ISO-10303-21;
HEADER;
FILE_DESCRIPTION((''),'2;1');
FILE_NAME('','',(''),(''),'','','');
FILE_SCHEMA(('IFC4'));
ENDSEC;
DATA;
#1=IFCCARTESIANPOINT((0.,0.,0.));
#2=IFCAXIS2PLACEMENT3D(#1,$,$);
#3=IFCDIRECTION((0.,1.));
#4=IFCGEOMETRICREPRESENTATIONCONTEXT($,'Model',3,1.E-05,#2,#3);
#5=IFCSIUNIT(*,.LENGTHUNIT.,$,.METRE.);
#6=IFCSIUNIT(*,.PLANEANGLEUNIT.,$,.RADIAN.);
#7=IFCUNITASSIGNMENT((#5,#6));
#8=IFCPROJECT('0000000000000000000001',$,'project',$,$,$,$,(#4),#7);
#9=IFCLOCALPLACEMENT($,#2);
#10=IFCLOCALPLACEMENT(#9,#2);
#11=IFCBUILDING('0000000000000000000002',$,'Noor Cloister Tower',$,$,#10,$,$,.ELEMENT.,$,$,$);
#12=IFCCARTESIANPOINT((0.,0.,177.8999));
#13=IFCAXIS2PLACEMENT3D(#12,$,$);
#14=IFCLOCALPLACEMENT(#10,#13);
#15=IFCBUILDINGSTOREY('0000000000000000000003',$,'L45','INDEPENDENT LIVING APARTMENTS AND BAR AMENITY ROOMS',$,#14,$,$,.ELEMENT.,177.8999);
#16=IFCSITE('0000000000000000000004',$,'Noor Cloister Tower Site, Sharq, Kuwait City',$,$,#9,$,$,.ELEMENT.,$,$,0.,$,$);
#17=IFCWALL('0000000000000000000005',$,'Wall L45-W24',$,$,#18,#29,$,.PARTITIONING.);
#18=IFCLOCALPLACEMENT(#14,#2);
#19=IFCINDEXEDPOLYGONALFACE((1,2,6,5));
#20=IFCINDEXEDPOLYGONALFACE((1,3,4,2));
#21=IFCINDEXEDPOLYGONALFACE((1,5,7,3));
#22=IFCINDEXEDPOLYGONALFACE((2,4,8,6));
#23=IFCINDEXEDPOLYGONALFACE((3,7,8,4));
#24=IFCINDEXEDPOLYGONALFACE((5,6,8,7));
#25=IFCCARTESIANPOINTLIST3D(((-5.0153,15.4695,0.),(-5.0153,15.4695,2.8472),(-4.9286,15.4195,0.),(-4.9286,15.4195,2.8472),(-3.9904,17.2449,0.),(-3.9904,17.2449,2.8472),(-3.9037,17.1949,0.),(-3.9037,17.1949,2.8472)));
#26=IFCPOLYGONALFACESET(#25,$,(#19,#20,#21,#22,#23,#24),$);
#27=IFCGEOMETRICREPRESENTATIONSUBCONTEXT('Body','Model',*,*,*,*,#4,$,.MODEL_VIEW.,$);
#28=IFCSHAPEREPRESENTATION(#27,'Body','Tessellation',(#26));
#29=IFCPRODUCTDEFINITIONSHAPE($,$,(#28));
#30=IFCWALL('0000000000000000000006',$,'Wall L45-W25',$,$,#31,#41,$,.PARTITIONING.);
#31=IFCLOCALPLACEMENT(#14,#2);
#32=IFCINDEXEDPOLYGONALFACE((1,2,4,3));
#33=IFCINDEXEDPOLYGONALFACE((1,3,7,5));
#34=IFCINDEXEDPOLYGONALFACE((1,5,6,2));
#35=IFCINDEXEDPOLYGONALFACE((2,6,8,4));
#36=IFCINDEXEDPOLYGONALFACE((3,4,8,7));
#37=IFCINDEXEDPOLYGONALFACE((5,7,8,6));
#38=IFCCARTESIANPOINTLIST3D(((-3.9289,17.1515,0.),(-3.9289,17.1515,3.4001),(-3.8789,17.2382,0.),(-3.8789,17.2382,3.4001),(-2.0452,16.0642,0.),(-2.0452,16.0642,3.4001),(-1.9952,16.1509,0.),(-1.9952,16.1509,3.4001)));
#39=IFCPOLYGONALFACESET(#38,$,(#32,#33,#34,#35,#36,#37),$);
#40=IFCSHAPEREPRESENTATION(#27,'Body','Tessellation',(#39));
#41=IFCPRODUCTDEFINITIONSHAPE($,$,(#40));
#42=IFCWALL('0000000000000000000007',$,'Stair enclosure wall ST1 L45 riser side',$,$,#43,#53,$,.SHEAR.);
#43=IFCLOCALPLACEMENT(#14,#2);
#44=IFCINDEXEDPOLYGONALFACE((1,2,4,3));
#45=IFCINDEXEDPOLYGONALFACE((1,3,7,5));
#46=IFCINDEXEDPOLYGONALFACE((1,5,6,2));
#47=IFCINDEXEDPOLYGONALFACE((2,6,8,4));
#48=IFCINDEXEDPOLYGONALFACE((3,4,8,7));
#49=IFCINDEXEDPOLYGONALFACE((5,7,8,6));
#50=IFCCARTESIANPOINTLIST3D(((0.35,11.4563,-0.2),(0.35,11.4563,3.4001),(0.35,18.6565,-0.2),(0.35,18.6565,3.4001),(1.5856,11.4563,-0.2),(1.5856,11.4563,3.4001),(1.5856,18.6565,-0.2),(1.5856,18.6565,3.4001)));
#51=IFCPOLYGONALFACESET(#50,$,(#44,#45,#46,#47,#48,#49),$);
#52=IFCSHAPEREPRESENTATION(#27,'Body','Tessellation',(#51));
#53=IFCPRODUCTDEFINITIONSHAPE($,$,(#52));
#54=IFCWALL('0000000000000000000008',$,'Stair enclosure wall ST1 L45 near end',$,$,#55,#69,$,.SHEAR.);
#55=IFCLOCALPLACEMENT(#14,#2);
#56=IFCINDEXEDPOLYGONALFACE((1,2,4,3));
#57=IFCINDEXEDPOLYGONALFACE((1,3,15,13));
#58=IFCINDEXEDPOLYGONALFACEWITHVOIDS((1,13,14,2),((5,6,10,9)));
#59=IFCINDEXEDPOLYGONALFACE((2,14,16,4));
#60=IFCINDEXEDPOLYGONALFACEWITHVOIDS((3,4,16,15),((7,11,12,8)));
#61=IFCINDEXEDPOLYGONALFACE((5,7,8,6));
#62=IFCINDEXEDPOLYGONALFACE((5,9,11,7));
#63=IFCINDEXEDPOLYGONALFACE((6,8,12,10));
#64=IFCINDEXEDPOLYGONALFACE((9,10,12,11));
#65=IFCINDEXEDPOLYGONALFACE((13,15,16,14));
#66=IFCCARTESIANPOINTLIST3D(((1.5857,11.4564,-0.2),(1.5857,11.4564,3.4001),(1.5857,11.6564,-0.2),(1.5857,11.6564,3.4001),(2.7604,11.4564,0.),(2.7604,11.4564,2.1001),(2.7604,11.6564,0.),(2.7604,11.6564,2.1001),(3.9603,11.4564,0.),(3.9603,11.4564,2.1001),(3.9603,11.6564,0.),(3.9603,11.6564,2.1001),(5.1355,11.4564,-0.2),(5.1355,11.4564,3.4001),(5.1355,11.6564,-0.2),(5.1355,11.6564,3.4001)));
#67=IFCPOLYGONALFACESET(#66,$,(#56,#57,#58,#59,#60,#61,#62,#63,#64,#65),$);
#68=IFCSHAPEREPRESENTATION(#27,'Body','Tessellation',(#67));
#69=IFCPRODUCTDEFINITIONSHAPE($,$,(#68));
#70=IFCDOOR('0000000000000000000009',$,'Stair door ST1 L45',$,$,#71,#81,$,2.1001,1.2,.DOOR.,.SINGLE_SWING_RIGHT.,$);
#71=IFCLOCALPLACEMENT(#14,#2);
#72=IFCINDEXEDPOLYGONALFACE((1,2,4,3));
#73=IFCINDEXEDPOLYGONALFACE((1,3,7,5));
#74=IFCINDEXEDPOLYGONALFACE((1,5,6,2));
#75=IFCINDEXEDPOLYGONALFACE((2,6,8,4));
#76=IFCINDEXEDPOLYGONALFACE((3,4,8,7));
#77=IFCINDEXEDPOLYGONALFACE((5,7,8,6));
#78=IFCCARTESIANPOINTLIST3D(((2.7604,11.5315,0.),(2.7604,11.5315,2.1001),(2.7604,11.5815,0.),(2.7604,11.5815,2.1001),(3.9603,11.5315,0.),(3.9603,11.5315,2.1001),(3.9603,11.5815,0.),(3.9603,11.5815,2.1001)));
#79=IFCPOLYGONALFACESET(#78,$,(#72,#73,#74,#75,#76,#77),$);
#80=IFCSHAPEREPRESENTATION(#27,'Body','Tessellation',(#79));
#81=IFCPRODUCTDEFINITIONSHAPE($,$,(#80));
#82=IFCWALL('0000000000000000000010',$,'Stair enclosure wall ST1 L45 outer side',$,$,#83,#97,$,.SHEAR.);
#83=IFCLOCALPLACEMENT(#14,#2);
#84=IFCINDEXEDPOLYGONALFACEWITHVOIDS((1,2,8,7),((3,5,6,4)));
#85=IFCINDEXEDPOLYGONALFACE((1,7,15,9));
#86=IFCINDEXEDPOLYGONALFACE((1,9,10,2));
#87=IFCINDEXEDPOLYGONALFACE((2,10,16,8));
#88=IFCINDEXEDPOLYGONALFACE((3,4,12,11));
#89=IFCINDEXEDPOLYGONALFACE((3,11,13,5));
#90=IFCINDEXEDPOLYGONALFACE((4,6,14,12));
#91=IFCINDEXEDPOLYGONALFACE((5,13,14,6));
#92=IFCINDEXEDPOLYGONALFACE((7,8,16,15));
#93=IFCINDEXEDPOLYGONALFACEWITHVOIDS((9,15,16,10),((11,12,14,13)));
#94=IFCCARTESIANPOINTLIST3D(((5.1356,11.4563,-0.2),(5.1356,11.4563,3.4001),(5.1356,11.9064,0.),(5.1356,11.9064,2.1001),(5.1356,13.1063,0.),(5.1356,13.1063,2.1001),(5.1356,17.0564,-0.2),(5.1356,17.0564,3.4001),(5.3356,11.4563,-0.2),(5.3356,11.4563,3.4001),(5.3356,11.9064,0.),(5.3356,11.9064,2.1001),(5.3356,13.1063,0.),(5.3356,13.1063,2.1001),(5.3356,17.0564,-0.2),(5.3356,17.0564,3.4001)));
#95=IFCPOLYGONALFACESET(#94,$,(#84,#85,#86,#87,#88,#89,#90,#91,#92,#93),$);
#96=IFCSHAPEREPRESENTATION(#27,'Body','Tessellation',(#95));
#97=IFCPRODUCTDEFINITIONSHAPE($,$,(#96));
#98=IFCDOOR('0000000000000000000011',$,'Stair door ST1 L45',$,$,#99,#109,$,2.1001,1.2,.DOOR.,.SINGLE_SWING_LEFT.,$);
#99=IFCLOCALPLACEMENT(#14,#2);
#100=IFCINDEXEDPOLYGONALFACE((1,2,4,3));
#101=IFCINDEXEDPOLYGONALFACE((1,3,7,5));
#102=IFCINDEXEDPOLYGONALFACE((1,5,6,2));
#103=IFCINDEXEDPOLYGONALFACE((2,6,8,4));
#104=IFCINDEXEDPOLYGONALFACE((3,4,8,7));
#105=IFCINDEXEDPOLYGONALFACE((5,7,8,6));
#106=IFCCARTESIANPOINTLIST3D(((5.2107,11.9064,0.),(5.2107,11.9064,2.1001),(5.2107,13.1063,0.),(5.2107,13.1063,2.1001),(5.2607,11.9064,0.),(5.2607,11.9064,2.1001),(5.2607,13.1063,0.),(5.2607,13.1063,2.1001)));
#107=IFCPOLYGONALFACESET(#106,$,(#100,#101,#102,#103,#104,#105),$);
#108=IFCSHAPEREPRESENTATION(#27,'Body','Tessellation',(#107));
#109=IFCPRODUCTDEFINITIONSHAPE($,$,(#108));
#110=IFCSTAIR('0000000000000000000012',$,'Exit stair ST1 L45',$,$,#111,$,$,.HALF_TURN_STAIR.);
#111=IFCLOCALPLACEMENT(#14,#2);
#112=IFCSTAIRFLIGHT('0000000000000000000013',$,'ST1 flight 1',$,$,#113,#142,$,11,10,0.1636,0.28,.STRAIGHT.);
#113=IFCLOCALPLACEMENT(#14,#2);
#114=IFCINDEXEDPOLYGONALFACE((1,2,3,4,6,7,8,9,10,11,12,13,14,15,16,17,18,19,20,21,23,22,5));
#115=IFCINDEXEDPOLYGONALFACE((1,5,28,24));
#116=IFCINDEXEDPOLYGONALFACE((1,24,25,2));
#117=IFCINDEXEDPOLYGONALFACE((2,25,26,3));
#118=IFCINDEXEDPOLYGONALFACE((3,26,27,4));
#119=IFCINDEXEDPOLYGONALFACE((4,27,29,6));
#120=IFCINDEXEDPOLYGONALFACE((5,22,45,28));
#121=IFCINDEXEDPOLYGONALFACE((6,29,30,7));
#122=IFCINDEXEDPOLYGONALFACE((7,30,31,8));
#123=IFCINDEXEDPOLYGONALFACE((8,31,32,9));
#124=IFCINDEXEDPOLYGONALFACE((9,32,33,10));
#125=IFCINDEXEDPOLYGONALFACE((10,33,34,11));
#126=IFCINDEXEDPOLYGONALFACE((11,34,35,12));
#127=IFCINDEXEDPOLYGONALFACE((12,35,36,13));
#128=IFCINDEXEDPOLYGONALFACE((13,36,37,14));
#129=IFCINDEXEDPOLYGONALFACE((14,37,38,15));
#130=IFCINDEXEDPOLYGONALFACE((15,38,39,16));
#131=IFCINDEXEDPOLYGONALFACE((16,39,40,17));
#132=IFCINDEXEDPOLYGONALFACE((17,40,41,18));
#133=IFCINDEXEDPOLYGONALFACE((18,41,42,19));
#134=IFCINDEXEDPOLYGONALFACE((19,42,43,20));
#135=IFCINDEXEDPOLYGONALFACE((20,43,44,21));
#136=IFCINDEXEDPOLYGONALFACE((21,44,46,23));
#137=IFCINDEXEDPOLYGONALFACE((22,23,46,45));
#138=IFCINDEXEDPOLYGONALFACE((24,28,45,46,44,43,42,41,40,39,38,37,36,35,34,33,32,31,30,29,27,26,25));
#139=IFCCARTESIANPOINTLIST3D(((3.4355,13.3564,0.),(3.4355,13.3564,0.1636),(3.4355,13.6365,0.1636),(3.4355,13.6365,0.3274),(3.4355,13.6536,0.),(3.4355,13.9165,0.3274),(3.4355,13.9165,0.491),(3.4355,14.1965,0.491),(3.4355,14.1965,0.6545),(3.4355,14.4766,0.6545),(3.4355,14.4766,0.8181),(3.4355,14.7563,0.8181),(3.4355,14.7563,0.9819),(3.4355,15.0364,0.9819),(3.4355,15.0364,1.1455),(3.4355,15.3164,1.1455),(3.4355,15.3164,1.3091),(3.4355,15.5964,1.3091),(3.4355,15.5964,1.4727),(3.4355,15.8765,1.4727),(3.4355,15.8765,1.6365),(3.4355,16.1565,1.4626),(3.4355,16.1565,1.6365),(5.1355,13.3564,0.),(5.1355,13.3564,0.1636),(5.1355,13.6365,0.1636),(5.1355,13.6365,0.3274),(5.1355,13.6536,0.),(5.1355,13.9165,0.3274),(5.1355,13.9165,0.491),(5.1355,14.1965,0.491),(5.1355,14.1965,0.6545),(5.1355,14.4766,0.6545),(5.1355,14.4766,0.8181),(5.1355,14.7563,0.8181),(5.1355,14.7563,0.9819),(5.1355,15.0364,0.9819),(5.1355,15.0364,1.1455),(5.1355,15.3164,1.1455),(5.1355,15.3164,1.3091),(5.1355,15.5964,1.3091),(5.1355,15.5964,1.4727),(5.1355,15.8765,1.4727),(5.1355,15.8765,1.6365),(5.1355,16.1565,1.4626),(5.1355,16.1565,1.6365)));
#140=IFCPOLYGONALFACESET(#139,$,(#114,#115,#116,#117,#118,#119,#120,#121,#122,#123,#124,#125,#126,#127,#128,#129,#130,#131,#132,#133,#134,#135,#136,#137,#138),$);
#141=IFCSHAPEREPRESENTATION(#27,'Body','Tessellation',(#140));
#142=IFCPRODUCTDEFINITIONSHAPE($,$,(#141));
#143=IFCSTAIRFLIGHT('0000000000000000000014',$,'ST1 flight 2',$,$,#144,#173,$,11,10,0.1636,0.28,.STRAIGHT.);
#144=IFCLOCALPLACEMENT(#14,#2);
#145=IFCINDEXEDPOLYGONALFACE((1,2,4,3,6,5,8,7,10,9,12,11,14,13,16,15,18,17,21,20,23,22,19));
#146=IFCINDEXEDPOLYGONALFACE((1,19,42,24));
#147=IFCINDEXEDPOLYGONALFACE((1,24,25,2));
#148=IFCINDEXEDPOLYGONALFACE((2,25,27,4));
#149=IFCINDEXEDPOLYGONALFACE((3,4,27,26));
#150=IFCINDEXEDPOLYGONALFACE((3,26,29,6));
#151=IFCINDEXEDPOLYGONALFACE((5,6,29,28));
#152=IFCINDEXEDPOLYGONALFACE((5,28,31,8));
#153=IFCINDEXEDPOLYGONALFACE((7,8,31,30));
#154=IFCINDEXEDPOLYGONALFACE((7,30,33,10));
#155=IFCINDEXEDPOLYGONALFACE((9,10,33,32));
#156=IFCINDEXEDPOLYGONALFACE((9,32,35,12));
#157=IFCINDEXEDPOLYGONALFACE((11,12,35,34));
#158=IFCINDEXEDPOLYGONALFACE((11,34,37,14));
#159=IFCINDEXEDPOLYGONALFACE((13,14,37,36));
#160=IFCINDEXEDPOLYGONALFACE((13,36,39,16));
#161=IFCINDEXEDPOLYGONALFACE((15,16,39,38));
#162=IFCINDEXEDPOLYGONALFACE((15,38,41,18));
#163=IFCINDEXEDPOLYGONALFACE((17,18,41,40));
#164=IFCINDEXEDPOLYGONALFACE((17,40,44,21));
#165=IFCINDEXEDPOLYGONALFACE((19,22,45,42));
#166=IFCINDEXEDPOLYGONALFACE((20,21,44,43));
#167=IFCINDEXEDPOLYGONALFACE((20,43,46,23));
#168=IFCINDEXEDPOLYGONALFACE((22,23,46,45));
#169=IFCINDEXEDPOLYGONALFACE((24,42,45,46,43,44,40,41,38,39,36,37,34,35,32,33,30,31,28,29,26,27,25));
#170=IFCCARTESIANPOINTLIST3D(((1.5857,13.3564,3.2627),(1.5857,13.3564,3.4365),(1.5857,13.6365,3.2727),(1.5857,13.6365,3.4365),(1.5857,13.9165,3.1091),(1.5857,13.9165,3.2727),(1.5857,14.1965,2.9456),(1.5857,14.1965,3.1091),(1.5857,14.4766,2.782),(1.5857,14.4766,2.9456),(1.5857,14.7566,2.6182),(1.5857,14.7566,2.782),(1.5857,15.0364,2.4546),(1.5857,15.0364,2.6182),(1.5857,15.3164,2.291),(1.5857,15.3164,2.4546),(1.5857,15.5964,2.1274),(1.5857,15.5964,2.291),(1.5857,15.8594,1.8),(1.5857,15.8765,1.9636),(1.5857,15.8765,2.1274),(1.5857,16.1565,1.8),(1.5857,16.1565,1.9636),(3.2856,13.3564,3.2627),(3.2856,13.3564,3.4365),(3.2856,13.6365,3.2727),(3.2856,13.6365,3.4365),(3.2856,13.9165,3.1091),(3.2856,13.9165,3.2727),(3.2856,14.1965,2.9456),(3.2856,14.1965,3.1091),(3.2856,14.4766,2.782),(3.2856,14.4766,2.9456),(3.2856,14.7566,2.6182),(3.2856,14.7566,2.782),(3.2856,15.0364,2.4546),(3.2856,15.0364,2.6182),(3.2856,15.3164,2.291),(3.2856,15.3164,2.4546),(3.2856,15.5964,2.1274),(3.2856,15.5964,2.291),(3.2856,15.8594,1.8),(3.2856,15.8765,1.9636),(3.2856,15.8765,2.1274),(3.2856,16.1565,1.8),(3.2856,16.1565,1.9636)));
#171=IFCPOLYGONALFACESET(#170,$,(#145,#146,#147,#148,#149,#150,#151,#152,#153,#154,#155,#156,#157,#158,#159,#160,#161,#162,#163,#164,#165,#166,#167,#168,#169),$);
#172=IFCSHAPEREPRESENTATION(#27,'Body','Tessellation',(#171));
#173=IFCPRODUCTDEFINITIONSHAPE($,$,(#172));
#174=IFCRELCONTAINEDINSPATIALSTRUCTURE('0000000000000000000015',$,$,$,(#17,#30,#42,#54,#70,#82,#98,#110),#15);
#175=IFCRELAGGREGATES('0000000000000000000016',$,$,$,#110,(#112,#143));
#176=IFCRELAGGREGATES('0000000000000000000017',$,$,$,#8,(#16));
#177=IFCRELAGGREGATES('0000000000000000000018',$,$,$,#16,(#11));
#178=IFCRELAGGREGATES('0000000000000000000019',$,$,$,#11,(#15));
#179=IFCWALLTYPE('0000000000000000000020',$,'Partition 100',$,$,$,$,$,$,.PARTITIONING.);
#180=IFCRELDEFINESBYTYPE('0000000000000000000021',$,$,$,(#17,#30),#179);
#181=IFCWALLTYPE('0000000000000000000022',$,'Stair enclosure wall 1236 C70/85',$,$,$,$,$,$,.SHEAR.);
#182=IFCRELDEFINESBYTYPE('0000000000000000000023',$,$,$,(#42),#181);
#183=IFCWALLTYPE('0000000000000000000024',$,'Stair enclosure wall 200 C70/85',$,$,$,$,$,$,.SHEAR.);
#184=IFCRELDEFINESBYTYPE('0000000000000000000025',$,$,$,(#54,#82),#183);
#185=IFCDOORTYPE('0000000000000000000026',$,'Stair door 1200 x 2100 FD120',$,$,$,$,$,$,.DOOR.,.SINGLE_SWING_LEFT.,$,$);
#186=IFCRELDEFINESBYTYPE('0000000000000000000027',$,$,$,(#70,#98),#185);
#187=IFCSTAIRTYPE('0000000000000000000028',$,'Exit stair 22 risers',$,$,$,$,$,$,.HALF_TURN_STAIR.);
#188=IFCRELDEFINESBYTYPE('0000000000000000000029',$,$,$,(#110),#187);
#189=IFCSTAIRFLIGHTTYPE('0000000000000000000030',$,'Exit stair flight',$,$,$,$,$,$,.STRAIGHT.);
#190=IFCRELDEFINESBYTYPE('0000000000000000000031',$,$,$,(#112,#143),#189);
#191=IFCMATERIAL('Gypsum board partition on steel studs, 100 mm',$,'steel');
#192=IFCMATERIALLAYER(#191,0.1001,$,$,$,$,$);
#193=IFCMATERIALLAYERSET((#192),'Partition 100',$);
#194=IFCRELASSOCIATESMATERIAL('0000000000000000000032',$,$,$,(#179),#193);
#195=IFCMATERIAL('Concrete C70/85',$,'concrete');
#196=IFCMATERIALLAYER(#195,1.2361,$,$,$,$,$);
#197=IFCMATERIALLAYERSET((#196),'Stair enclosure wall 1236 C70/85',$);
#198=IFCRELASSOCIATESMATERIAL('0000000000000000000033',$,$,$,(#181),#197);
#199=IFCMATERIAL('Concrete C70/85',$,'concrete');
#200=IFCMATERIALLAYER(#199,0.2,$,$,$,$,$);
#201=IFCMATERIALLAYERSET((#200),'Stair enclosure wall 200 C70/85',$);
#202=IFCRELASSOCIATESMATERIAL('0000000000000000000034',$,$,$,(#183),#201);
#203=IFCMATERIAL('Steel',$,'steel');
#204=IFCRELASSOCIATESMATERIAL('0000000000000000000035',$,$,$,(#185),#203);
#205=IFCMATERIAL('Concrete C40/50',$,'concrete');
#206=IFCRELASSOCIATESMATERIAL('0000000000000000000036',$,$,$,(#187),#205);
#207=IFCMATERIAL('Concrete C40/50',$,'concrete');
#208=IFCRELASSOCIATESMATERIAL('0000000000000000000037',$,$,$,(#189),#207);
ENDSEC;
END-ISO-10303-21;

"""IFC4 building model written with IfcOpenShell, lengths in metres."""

from ifc_helpers import new_model, si_unit, direction, frame, frame_2d, origin, place, context, subcontext, project, spatial, polyline, rectangle, outline, extrude, material, layer, layer_set, type_object, element, fill, aggregate, save


model = new_model("IFC4")

# Units and contexts
model_context = context("Model", 3, precision=1e-05, world=origin(), true_north=direction((0.0, 1.0)))
body_context = subcontext(model_context, "Body", "Model", "MODEL_VIEW")
ifc_project = project(units=[si_unit("LENGTHUNIT", "METRE"), si_unit("PLANEANGLEUNIT", "RADIAN")], contexts=[model_context])

# Site, building, storey
site_placement = place(None, origin())
site = spatial("IfcSite", under=ifc_project, at=site_placement, Name="Noor Cloister Tower Site, Sharq, Kuwait City", CompositionType="ELEMENT", RefElevation=0.0)
building_placement = place(site_placement, origin())
building = spatial("IfcBuilding", under=site, at=building_placement, Name="Noor Cloister Tower", CompositionType="ELEMENT")
storey_placement = place(building_placement, frame((0.0, 0.0, 177.8999)))
storey = spatial("IfcBuildingStorey", under=building, at=storey_placement, Name="L45", Description="INDEPENDENT LIVING APARTMENTS AND BAR AMENITY ROOMS", CompositionType="ELEMENT", Elevation=177.8999)

# Walls
ifc_material_1 = material(Name="Gypsum board partition on steel studs, 100 mm", Category="steel")
ifc_layer_1 = layer(ifc_material_1, 0.1001)
ifc_layer_set_1 = layer_set([ifc_layer_1], Name="Partition 100")
wall_type_1 = type_object("IfcWallType", Name="Partition 100", PredefinedType="PARTITIONING", material=ifc_layer_set_1)
wall_1_placement = place(storey_placement, frame((-4.9719, 15.4446, 0.0), z_axis=(0.0, 0.0, 1.0), x_axis=(0.499956, 0.866051, 0.0)))
element("IfcWall", 1, at=wall_1_placement, inside=storey, type_object=wall_type_1, Name="Wall L45-W24", PredefinedType="PARTITIONING", context=body_context, shape_type="SweptSolid", body=[
    extrude(rectangle(XDim=2.05, YDim=0.1001, at=frame_2d((1.0249, 0.0))), origin(), (0.0, 0.0, 1.0), 2.8472),
])
wall_2_placement = place(storey_placement, frame((-3.9038, 17.1948, 0.0), z_axis=(0.0, 0.0, 1.0), x_axis=(0.866066, -0.49993, 0.0)))
element("IfcWall", 2, at=wall_2_placement, inside=storey, type_object=wall_type_1, Name="Wall L45-W25", PredefinedType="PARTITIONING", context=body_context, shape_type="SweptSolid", body=[
    extrude(rectangle(XDim=2.175, YDim=0.1001, at=frame_2d((1.0874, 0.0))), origin(), (0.0, 0.0, 1.0), 3.4001),
])
ifc_material_2 = material(Name="Concrete C70/85", Category="concrete")
ifc_layer_2 = layer(ifc_material_2, 1.2361)
ifc_layer_set_2 = layer_set([ifc_layer_2], Name="Stair enclosure wall 1236 C70/85")
wall_type_2 = type_object("IfcWallType", Name="Stair enclosure wall 1236 C70/85", PredefinedType="SHEAR", material=ifc_layer_set_2)
wall_3_placement = place(storey_placement, frame((0.9678, 11.4563, -0.2), z_axis=(0.0, 0.0, 1.0), x_axis=(0.0, 1.0, 0.0)))
element("IfcWall", 3, at=wall_3_placement, inside=storey, type_object=wall_type_2, Name="Stair enclosure wall ST1 L45 riser side", PredefinedType="SHEAR", context=body_context, shape_type="SweptSolid", body=[
    extrude(rectangle(XDim=7.2002, YDim=1.2356, at=frame_2d((3.6001, 0.0))), origin(), (0.0, 0.0, 1.0), 3.6001),
])

# Walls, openings, doors
ifc_material_3 = material(Name="Concrete C70/85", Category="concrete")
ifc_layer_3 = layer(ifc_material_3, 0.2)
ifc_layer_set_3 = layer_set([ifc_layer_3], Name="Stair enclosure wall 200 C70/85")
wall_type_3 = type_object("IfcWallType", Name="Stair enclosure wall 200 C70/85", PredefinedType="SHEAR", material=ifc_layer_set_3)
wall_4_placement = place(storey_placement, frame((5.1355, 11.5564, -0.2), z_axis=(0.0, 0.0, 1.0), x_axis=(-1.0, 0.0, 0.0)))
wall_4 = element("IfcWall", 4, at=wall_4_placement, inside=storey, type_object=wall_type_3, Name="Stair enclosure wall ST1 L45 near end", PredefinedType="SHEAR", context=body_context, shape_type="SweptSolid", body=[
    extrude(rectangle(XDim=3.5498, YDim=0.2, at=frame_2d((1.7749, 0.0))), origin(), (0.0, 0.0, 1.0), 3.6001),
])
opening_1_placement = place(wall_4_placement, frame((1.175, 0.0, 0.2)))
opening_1 = element("IfcOpeningElement", 5, at=opening_1_placement, cuts=wall_4, PredefinedType="OPENING", context=body_context, shape_type="SweptSolid", body=[
    extrude(rectangle(XDim=1.2, YDim=2.1001, at=frame_2d((0.6001, 1.05))), frame((0.0, 0.1099, 0.0), z_axis=(0.0, -1.0, 0.0), x_axis=(1.0, 0.0, 0.0)), (0.0, 0.0, 1.0), 0.22),
])
ifc_material_4 = material(Name="Steel", Category="steel")
door_type_1 = type_object("IfcDoorType", Name="Stair door 1200 x 2100 FD120", OperationType="SINGLE_SWING_LEFT", PredefinedType="DOOR", material=ifc_material_4)
door_1_placement = place(opening_1_placement, origin())
door_1 = element("IfcDoor", 6, at=door_1_placement, inside=storey, type_object=door_type_1, Name="Stair door ST1 L45", OperationType="SINGLE_SWING_RIGHT", OverallHeight=2.1001, OverallWidth=1.2, PredefinedType="DOOR", context=body_context, shape_type="SweptSolid", body=[
    extrude(rectangle(XDim=1.2, YDim=2.1001, at=frame_2d((0.6001, 1.05))), frame((0.0, 0.0249, 0.0), z_axis=(0.0, -1.0, 0.0), x_axis=(1.0, 0.0, 0.0)), (0.0, 0.0, 1.0), 0.05),
])
fill(opening_1, door_1)
wall_5_placement = place(storey_placement, frame((5.2356, 11.4563, -0.2), z_axis=(0.0, 0.0, 1.0), x_axis=(0.0, 1.0, 0.0)))
wall_5 = element("IfcWall", 7, at=wall_5_placement, inside=storey, type_object=wall_type_3, Name="Stair enclosure wall ST1 L45 outer side", PredefinedType="SHEAR", context=body_context, shape_type="SweptSolid", body=[
    extrude(rectangle(XDim=5.6001, YDim=0.2, at=frame_2d((2.8, 0.0))), origin(), (0.0, 0.0, 1.0), 3.6001),
])
opening_2_placement = place(wall_5_placement, frame((0.45, 0.0, 0.2)))
opening_2 = element("IfcOpeningElement", 8, at=opening_2_placement, cuts=wall_5, PredefinedType="OPENING", context=body_context, shape_type="SweptSolid", body=[
    extrude(rectangle(XDim=1.2, YDim=2.1001, at=frame_2d((0.6001, 1.05))), frame((0.0, 0.1099, 0.0), z_axis=(0.0, -1.0, 0.0), x_axis=(1.0, 0.0, 0.0)), (0.0, 0.0, 1.0), 0.22),
])
door_2_placement = place(opening_2_placement, origin())
door_2 = element("IfcDoor", 9, at=door_2_placement, inside=storey, type_object=door_type_1, Name="Stair door ST1 L45", OperationType="SINGLE_SWING_LEFT", OverallHeight=2.1001, OverallWidth=1.2, PredefinedType="DOOR", context=body_context, shape_type="SweptSolid", body=[
    extrude(rectangle(XDim=1.2, YDim=2.1001, at=frame_2d((0.6001, 1.05))), frame((0.0, 0.0249, 0.0), z_axis=(0.0, -1.0, 0.0), x_axis=(1.0, 0.0, 0.0)), (0.0, 0.0, 1.0), 0.05),
])
fill(opening_2, door_2)

# Stair, stair flights
ifc_material_5 = material(Name="Concrete C40/50", Category="concrete")
stair_type = type_object("IfcStairType", Name="Exit stair 22 risers", PredefinedType="HALF_TURN_STAIR", material=ifc_material_5)
stair_placement = place(storey_placement, origin())
stair = element("IfcStair", 10, at=stair_placement, inside=storey, type_object=stair_type, Name="Exit stair ST1 L45", PredefinedType="HALF_TURN_STAIR")
ifc_material_6 = material(Name="Concrete C40/50", Category="concrete")
stair_flight_type = type_object("IfcStairFlightType", Name="Exit stair flight", PredefinedType="STRAIGHT", material=ifc_material_6)
stair_flight_1_placement = place(storey_placement, frame((4.2856, 13.3564, 0.0), z_axis=(0.0, 0.0, 1.0), x_axis=(0.0, 1.0, 0.0)))
stair_flight_1 = element("IfcStairFlight", 11, at=stair_flight_1_placement, type_object=stair_flight_type, Name="ST1 flight 1", NumberOfRisers=11, NumberOfTreads=10, PredefinedType="STRAIGHT", RiserHeight=0.1636, TreadLength=0.28, context=body_context, shape_type="SweptSolid", body=[
    extrude(outline(polyline([(0.0, 0.0), (0.0, 0.1636), (0.28, 0.1636), (0.28, 0.3274), (0.5601, 0.3274), (0.5601, 0.491), (0.8401, 0.491), (0.8401, 0.6545), (1.1201, 0.6545), (1.1201, 0.8181), (1.3999, 0.8181), (1.3999, 0.9819), (1.6799, 0.9819), (1.6799, 1.1455), (1.96, 1.1455), (1.96, 1.3091), (2.24, 1.3091), (2.24, 1.4727), (2.52, 1.4727), (2.52, 1.6365), (2.8, 1.6365), (2.8, 1.8), (2.8, 1.4626), (0.2971, 0.0), (0.0, 0.0)])), frame((0.0, 0.8501, 0.0), z_axis=(0.0, -1.0, 0.0), x_axis=(1.0, 0.0, 0.0)), (0.0, 0.0, 1.0), 1.7),
])
stair_flight_2_placement = place(storey_placement, frame((2.4355, 16.1565, 1.8), z_axis=(0.0, 0.0, 1.0), x_axis=(0.0, -1.0, 0.0)))
stair_flight_2 = element("IfcStairFlight", 12, at=stair_flight_2_placement, type_object=stair_flight_type, Name="ST1 flight 2", NumberOfRisers=11, NumberOfTreads=10, PredefinedType="STRAIGHT", RiserHeight=0.1636, TreadLength=0.28, context=body_context, shape_type="SweptSolid", body=[
    extrude(outline(polyline([(0.0, 0.0), (0.0, 0.1636), (0.28, 0.1636), (0.28, 0.3274), (0.5601, 0.3274), (0.5601, 0.491), (0.8401, 0.491), (0.8401, 0.6545), (1.1201, 0.6545), (1.1201, 0.8181), (1.3999, 0.8181), (1.3999, 0.9819), (1.6799, 0.9819), (1.6799, 1.1455), (1.96, 1.1455), (1.96, 1.3091), (2.24, 1.3091), (2.24, 1.4727), (2.52, 1.4727), (2.52, 1.6365), (2.8, 1.6365), (2.8, 1.8), (2.8, 1.4626), (0.2971, 0.0), (0.0, 0.0)])), frame((0.0, 0.8501, 0.0), z_axis=(0.0, -1.0, 0.0), x_axis=(1.0, 0.0, 0.0)), (0.0, 0.0, 1.0), 1.7),
])
aggregate(stair, [stair_flight_1, stair_flight_2])

save(model, "model.ifc")
